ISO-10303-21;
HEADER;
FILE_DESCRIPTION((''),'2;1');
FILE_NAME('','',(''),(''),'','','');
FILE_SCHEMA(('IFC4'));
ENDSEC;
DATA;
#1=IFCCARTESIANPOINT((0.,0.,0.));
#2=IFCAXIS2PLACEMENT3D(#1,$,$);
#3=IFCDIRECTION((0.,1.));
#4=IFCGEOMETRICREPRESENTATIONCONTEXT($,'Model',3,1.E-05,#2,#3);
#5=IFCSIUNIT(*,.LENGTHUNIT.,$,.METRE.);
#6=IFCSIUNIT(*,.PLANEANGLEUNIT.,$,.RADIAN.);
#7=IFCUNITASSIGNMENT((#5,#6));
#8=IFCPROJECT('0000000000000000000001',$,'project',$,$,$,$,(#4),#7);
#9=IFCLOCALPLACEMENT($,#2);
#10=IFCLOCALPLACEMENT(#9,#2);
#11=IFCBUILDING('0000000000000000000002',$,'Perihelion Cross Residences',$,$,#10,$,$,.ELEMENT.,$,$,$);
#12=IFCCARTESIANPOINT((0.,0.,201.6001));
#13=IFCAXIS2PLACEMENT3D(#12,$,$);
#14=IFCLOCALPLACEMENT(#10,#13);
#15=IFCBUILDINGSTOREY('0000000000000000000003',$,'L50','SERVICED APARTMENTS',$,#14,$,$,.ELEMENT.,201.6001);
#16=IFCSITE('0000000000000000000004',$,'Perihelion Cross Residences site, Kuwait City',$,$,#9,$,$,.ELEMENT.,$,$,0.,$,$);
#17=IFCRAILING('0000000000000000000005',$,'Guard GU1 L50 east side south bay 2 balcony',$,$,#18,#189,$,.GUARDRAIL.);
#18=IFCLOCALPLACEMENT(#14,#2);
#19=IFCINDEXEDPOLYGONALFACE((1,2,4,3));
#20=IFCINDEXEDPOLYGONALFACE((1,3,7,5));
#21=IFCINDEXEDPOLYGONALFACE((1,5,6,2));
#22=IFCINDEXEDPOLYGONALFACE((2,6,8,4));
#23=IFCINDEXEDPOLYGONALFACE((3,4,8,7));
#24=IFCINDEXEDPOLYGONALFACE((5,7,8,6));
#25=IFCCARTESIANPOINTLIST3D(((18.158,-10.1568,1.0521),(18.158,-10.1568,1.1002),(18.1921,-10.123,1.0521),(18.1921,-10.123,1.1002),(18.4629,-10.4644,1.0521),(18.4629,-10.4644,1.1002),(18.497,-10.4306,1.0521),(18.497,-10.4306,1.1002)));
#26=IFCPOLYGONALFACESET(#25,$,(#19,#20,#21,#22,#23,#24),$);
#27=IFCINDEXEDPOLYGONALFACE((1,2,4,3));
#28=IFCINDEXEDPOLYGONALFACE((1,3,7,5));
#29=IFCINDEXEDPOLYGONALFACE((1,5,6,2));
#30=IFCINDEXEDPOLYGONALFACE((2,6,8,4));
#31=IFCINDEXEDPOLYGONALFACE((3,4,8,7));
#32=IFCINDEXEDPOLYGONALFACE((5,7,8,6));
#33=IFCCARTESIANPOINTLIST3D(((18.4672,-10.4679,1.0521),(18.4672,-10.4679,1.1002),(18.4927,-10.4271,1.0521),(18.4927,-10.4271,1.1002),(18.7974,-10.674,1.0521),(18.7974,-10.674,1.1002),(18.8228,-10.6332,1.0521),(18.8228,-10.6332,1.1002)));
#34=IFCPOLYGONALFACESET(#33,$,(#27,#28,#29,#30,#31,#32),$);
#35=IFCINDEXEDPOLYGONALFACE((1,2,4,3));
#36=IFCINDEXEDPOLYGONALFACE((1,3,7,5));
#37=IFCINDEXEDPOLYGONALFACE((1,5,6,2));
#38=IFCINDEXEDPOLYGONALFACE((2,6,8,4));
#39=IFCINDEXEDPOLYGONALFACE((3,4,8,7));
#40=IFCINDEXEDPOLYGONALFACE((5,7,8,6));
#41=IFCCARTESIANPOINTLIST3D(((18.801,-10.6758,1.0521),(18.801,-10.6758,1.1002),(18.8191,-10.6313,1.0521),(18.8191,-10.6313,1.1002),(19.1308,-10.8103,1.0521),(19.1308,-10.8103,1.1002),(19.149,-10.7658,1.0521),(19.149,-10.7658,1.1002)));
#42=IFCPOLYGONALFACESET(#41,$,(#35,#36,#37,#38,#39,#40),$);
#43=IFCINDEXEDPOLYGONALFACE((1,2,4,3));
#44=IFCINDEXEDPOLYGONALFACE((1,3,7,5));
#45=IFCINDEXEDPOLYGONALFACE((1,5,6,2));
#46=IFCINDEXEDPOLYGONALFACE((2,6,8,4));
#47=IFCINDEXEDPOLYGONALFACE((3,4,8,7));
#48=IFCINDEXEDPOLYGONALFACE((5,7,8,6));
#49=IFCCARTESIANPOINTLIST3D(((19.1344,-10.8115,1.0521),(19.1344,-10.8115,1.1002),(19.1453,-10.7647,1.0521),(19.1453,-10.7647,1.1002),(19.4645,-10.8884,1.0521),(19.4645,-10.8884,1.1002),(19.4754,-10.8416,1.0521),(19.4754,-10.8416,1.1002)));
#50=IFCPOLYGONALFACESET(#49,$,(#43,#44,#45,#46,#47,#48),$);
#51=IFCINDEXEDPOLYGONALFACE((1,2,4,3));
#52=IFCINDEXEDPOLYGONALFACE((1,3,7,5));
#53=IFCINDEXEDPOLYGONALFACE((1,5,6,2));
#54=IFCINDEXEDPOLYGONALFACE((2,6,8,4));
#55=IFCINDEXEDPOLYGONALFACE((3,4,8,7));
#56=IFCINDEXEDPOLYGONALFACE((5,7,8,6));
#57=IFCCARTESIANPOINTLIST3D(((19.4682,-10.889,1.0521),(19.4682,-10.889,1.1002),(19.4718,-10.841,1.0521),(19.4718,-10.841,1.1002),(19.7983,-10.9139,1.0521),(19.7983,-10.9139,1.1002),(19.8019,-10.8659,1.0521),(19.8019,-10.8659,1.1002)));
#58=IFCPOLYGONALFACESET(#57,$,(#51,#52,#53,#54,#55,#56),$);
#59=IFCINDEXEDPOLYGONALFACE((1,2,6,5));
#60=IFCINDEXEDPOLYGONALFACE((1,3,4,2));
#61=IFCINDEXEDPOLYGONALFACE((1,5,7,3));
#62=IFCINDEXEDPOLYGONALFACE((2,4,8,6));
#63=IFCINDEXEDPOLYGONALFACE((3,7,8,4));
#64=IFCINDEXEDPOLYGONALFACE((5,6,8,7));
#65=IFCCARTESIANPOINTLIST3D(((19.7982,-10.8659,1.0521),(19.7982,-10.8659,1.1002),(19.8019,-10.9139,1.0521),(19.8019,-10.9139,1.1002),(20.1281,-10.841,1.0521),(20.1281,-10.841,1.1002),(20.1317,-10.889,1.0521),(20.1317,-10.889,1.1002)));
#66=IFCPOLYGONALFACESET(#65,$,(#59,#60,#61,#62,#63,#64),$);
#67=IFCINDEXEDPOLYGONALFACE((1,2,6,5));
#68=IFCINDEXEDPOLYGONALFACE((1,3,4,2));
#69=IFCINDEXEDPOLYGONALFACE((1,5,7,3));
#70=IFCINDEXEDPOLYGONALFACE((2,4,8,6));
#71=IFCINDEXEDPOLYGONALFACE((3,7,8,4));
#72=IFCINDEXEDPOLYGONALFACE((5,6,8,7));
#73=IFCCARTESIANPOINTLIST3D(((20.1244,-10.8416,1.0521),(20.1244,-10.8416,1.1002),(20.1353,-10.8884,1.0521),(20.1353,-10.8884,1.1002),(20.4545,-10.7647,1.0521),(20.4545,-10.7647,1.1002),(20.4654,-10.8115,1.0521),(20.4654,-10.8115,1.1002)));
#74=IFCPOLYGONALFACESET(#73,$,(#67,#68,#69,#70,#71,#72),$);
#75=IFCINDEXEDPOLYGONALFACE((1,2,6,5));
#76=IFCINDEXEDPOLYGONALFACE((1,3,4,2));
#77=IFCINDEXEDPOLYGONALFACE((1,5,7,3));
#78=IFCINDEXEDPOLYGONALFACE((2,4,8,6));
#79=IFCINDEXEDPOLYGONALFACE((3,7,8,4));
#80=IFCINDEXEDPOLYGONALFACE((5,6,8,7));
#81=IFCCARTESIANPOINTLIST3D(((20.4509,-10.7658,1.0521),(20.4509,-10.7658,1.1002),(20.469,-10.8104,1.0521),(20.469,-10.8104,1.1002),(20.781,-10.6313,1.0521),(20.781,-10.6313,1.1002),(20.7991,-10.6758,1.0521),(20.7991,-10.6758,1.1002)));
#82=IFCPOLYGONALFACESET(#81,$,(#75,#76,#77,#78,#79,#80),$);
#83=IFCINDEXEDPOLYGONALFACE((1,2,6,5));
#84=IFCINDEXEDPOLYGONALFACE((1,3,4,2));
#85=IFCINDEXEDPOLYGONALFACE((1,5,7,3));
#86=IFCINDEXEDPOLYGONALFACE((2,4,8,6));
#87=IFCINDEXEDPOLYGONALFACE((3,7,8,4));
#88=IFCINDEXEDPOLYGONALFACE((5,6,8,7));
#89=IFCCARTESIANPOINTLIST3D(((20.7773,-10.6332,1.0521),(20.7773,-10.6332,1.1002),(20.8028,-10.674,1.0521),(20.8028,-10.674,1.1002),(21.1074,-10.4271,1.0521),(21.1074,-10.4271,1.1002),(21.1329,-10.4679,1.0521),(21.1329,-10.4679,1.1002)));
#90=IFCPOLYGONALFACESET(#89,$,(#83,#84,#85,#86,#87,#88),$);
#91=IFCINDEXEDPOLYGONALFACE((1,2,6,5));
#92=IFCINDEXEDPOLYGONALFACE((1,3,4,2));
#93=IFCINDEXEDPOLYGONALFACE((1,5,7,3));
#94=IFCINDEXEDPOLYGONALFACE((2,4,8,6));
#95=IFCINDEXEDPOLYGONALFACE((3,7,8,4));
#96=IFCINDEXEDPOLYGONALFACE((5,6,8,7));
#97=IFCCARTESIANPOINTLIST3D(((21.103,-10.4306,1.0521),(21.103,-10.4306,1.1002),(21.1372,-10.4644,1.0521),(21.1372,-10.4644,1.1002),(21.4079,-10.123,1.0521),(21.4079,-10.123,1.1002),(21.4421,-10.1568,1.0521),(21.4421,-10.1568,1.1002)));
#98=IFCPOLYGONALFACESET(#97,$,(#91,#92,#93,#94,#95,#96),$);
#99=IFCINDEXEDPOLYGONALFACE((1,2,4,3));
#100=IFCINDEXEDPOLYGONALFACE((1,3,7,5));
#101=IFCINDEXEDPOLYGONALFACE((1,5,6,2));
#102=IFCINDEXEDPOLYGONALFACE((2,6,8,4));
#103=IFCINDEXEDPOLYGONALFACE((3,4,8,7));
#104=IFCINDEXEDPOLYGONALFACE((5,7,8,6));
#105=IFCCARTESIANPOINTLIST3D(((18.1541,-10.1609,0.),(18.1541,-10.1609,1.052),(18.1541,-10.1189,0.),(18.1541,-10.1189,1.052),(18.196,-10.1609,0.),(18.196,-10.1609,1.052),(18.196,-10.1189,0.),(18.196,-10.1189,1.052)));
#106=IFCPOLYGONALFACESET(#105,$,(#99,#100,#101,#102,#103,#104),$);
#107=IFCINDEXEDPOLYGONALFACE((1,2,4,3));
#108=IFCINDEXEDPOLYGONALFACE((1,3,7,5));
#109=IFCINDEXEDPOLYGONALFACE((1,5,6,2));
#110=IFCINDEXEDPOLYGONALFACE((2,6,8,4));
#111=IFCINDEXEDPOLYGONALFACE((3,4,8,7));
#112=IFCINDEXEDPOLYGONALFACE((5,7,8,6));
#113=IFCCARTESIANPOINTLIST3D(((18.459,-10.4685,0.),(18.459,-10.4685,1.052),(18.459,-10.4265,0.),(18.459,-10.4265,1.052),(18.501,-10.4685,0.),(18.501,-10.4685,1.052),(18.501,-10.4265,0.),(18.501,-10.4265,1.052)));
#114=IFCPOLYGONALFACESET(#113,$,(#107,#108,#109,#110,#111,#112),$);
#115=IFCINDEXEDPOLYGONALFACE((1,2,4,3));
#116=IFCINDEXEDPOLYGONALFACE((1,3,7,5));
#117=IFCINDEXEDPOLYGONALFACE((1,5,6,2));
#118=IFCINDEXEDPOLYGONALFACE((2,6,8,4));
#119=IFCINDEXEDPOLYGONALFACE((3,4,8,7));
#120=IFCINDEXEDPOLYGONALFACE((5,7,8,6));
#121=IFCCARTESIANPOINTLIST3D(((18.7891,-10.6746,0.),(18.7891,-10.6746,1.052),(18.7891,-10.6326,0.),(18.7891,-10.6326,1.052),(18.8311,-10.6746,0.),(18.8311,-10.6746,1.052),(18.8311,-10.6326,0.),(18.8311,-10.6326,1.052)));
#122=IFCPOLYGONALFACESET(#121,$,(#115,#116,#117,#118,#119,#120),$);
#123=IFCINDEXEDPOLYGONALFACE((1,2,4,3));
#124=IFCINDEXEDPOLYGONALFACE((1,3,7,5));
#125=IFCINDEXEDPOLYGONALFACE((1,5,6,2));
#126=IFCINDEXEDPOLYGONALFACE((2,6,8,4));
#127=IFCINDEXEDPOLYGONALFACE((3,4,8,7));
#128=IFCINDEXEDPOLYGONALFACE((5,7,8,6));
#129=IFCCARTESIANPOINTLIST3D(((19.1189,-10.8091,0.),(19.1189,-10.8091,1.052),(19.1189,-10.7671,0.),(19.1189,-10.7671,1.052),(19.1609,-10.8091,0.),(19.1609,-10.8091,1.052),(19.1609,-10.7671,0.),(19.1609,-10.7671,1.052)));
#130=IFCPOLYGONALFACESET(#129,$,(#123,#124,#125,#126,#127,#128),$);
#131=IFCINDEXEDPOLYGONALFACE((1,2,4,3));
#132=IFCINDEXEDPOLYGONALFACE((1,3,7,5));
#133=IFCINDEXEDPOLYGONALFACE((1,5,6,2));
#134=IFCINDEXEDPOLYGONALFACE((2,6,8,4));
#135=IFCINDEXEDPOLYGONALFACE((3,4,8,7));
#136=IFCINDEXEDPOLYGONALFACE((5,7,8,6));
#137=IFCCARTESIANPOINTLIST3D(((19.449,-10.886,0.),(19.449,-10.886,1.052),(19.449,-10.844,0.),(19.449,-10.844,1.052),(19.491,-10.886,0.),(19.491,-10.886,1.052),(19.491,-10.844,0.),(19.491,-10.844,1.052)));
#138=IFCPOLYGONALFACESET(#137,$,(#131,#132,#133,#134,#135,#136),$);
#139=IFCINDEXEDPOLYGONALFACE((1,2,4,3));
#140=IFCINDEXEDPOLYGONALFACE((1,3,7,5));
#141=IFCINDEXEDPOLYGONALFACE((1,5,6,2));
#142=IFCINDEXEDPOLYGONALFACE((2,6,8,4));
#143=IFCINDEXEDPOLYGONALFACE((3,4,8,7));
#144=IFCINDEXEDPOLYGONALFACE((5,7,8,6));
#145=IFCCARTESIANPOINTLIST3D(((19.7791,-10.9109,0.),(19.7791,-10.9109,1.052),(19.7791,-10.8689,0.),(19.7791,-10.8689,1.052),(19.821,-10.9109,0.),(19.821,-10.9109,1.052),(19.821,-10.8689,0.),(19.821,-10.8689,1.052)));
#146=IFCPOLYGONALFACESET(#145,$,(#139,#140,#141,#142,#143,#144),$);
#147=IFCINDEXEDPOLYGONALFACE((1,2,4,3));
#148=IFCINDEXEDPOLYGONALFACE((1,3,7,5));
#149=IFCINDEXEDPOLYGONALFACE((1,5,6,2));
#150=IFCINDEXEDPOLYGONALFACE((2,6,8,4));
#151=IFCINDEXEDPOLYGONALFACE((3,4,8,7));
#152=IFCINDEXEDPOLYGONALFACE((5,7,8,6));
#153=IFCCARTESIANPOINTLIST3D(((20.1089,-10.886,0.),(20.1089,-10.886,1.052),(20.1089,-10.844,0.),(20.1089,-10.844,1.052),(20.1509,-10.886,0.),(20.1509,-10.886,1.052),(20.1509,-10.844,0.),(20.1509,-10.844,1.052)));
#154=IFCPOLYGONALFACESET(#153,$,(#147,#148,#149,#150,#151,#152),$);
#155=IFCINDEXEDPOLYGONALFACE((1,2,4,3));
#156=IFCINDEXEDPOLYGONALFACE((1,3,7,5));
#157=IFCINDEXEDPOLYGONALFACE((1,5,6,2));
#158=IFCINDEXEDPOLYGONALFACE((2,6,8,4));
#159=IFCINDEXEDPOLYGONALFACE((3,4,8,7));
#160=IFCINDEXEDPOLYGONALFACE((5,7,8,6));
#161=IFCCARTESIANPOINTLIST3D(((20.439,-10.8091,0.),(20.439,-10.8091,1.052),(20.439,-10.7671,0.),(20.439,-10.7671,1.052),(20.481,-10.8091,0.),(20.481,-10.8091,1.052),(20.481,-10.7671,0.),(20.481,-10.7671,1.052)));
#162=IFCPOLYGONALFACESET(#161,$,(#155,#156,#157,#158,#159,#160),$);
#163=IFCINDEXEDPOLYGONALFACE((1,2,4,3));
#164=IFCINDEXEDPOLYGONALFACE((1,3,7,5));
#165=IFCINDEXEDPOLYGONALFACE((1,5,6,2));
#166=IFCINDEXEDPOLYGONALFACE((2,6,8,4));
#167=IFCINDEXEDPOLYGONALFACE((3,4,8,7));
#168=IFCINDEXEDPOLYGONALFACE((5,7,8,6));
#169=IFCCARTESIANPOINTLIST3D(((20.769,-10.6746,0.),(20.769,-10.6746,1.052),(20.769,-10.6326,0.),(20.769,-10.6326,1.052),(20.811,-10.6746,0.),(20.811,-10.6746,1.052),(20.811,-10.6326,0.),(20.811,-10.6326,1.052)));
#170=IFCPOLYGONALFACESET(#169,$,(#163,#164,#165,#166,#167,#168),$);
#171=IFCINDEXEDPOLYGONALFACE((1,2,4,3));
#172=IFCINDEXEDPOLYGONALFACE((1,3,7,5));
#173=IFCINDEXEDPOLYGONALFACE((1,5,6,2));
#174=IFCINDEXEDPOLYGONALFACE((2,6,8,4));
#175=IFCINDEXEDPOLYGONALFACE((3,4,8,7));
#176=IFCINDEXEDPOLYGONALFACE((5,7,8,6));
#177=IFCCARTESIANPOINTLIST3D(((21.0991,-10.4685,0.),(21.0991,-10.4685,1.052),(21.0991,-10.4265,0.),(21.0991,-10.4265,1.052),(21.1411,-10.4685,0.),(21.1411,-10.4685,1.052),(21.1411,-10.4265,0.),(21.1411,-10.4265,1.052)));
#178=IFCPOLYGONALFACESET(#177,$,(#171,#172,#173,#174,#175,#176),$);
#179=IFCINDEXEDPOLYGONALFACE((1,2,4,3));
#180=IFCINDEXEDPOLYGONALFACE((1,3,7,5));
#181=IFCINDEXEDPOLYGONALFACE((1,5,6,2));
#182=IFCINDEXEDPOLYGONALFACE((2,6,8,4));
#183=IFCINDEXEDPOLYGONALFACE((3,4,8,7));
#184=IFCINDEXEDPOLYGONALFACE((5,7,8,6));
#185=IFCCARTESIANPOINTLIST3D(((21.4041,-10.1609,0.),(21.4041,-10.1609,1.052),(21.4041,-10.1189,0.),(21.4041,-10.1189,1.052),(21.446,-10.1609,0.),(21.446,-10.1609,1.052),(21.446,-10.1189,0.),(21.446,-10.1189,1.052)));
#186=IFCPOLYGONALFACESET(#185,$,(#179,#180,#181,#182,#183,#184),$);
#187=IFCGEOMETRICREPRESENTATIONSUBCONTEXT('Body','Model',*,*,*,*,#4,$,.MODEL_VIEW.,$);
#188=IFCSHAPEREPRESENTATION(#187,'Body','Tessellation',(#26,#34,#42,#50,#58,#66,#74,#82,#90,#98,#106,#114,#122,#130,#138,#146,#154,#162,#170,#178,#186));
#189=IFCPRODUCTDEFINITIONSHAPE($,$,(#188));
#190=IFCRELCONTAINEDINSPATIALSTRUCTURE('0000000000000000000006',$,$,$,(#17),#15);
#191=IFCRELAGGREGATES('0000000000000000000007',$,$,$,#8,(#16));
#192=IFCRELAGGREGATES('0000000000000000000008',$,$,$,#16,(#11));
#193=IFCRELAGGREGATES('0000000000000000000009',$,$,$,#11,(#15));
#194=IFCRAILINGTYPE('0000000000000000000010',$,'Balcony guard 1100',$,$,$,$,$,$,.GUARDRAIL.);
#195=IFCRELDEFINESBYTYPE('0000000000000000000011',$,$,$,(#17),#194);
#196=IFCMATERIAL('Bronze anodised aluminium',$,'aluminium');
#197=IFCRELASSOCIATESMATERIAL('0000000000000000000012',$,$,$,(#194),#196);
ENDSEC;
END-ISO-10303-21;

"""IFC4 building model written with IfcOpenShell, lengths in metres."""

from ifc_helpers import new_model, si_unit, direction, frame, origin, origin_2d, place, context, subcontext, project, spatial, rectangle, extrude, material, type_object, element, save


model = new_model("IFC4")

# Units and contexts
model_context = context("Model", 3, precision=1e-05, world=origin(), true_north=direction((0.0, 1.0)))
body_context = subcontext(model_context, "Body", "Model", "MODEL_VIEW")
ifc_project = project(units=[si_unit("LENGTHUNIT", "METRE"), si_unit("PLANEANGLEUNIT", "RADIAN")], contexts=[model_context])

# Site, building, storey
site_placement = place(None, origin())
site = spatial("IfcSite", under=ifc_project, at=site_placement, Name="Perihelion Cross Residences site, Kuwait City", CompositionType="ELEMENT", RefElevation=0.0)
building_placement = place(site_placement, origin())
building = spatial("IfcBuilding", under=site, at=building_placement, Name="Perihelion Cross Residences", CompositionType="ELEMENT")
storey_placement = place(building_placement, frame((0.0, 0.0, 201.6001)))
storey = spatial("IfcBuildingStorey", under=building, at=storey_placement, Name="L50", Description="SERVICED APARTMENTS", CompositionType="ELEMENT", Elevation=201.6001)

# Railing
ifc_material_1 = material(Name="Bronze anodised aluminium", Category="aluminium")
railing_type = type_object("IfcRailingType", Name="Balcony guard 1100", PredefinedType="GUARDRAIL", material=ifc_material_1)
railing_1_placement = place(storey_placement, frame((18.175, -10.1399, 0.0)))
element("IfcRailing", 1, at=railing_1_placement, inside=storey, type_object=railing_type, Name="Guard GU1 L50 east side south bay 2 balcony", PredefinedType="GUARDRAIL", context=body_context, shape_type="SweptSolid", body=[
    extrude(rectangle(XDim=0.0481, YDim=0.0481, at=origin_2d()), frame((0.0, 0.0, 1.0762), z_axis=(0.704, -0.7102, 0.0), x_axis=(0.7102, 0.704, 0.0)), (0.0, 0.0, 1.0), 0.4331),
    extrude(rectangle(XDim=0.0481, YDim=0.0481, at=origin_2d()), frame((0.3049, -0.3076, 1.0762), z_axis=(0.84828, -0.529548, 0.0), x_axis=(0.529548, 0.84828, 0.0)), (0.0, 0.0, 1.0), 0.3892),
    extrude(rectangle(XDim=0.0481, YDim=0.0481, at=origin_2d()), frame((0.635, -0.5137, 1.0762), z_axis=(0.92595, -0.377645, 0.0), x_axis=(0.377645, 0.92595, 0.0)), (0.0, 0.0, 1.0), 0.3562),
    extrude(rectangle(XDim=0.0481, YDim=0.0481, at=origin_2d()), frame((0.9648, -0.6482, 1.0762), z_axis=(0.973916, -0.226911, 0.0), x_axis=(0.226911, 0.973916, 0.0)), (0.0, 0.0, 1.0), 0.3389),
    extrude(rectangle(XDim=0.0481, YDim=0.0481, at=origin_2d()), frame((1.2949, -0.7251, 1.0762), z_axis=(0.997166, -0.07523, 0.0), x_axis=(0.07523, 0.997166, 0.0)), (0.0, 0.0, 1.0), 0.3311),
    extrude(rectangle(XDim=0.0481, YDim=0.0481, at=origin_2d()), frame((1.625, -0.75, 1.0762), z_axis=(0.997162, 0.075285, 0.0), x_axis=(-0.075285, 0.997162, 0.0)), (0.0, 0.0, 1.0), 0.3308),
    extrude(rectangle(XDim=0.0481, YDim=0.0481, at=origin_2d()), frame((1.9548, -0.7251, 1.0762), z_axis=(0.973916, 0.226911, 0.0), x_axis=(-0.226911, 0.973916, 0.0)), (0.0, 0.0, 1.0), 0.3389),
    extrude(rectangle(XDim=0.0481, YDim=0.0481, at=origin_2d()), frame((2.2849, -0.6482, 1.0762), z_axis=(0.926048, 0.377406, 0.0), x_axis=(-0.377406, 0.926048, 0.0)), (0.0, 0.0, 1.0), 0.3564),
    extrude(rectangle(XDim=0.0481, YDim=0.0481, at=origin_2d()), frame((2.615, -0.5137, 1.0762), z_axis=(0.84828, 0.529548, 0.0), x_axis=(-0.529548, 0.84828, 0.0)), (0.0, 0.0, 1.0), 0.3892),
    extrude(rectangle(XDim=0.0481, YDim=0.0481, at=origin_2d()), frame((2.9451, -0.3076, 1.0762), z_axis=(0.704, 0.7102, 0.0), x_axis=(-0.7102, 0.704, 0.0)), (0.0, 0.0, 1.0), 0.4331),
    extrude(rectangle(XDim=0.042, YDim=0.042, at=origin_2d()), origin(), (0.0, 0.0, 1.0), 1.052),
    extrude(rectangle(XDim=0.042, YDim=0.042, at=origin_2d()), frame((0.3049, -0.3076, 0.0)), (0.0, 0.0, 1.0), 1.052),
    extrude(rectangle(XDim=0.042, YDim=0.042, at=origin_2d()), frame((0.635, -0.5137, 0.0)), (0.0, 0.0, 1.0), 1.052),
    extrude(rectangle(XDim=0.042, YDim=0.042, at=origin_2d()), frame((0.9648, -0.6482, 0.0)), (0.0, 0.0, 1.0), 1.052),
    extrude(rectangle(XDim=0.042, YDim=0.042, at=origin_2d()), frame((1.2949, -0.7251, 0.0)), (0.0, 0.0, 1.0), 1.052),
    extrude(rectangle(XDim=0.042, YDim=0.042, at=origin_2d()), frame((1.625, -0.75, 0.0)), (0.0, 0.0, 1.0), 1.052),
    extrude(rectangle(XDim=0.042, YDim=0.042, at=origin_2d()), frame((1.9548, -0.7251, 0.0)), (0.0, 0.0, 1.0), 1.052),
    extrude(rectangle(XDim=0.042, YDim=0.042, at=origin_2d()), frame((2.2849, -0.6482, 0.0)), (0.0, 0.0, 1.0), 1.052),
    extrude(rectangle(XDim=0.042, YDim=0.042, at=origin_2d()), frame((2.615, -0.5137, 0.0)), (0.0, 0.0, 1.0), 1.052),
    extrude(rectangle(XDim=0.042, YDim=0.042, at=origin_2d()), frame((2.9451, -0.3076, 0.0)), (0.0, 0.0, 1.0), 1.052),
    extrude(rectangle(XDim=0.042, YDim=0.042, at=origin_2d()), frame((3.25, 0.0, 0.0)), (0.0, 0.0, 1.0), 1.052),
])

save(model, "model.ifc")
